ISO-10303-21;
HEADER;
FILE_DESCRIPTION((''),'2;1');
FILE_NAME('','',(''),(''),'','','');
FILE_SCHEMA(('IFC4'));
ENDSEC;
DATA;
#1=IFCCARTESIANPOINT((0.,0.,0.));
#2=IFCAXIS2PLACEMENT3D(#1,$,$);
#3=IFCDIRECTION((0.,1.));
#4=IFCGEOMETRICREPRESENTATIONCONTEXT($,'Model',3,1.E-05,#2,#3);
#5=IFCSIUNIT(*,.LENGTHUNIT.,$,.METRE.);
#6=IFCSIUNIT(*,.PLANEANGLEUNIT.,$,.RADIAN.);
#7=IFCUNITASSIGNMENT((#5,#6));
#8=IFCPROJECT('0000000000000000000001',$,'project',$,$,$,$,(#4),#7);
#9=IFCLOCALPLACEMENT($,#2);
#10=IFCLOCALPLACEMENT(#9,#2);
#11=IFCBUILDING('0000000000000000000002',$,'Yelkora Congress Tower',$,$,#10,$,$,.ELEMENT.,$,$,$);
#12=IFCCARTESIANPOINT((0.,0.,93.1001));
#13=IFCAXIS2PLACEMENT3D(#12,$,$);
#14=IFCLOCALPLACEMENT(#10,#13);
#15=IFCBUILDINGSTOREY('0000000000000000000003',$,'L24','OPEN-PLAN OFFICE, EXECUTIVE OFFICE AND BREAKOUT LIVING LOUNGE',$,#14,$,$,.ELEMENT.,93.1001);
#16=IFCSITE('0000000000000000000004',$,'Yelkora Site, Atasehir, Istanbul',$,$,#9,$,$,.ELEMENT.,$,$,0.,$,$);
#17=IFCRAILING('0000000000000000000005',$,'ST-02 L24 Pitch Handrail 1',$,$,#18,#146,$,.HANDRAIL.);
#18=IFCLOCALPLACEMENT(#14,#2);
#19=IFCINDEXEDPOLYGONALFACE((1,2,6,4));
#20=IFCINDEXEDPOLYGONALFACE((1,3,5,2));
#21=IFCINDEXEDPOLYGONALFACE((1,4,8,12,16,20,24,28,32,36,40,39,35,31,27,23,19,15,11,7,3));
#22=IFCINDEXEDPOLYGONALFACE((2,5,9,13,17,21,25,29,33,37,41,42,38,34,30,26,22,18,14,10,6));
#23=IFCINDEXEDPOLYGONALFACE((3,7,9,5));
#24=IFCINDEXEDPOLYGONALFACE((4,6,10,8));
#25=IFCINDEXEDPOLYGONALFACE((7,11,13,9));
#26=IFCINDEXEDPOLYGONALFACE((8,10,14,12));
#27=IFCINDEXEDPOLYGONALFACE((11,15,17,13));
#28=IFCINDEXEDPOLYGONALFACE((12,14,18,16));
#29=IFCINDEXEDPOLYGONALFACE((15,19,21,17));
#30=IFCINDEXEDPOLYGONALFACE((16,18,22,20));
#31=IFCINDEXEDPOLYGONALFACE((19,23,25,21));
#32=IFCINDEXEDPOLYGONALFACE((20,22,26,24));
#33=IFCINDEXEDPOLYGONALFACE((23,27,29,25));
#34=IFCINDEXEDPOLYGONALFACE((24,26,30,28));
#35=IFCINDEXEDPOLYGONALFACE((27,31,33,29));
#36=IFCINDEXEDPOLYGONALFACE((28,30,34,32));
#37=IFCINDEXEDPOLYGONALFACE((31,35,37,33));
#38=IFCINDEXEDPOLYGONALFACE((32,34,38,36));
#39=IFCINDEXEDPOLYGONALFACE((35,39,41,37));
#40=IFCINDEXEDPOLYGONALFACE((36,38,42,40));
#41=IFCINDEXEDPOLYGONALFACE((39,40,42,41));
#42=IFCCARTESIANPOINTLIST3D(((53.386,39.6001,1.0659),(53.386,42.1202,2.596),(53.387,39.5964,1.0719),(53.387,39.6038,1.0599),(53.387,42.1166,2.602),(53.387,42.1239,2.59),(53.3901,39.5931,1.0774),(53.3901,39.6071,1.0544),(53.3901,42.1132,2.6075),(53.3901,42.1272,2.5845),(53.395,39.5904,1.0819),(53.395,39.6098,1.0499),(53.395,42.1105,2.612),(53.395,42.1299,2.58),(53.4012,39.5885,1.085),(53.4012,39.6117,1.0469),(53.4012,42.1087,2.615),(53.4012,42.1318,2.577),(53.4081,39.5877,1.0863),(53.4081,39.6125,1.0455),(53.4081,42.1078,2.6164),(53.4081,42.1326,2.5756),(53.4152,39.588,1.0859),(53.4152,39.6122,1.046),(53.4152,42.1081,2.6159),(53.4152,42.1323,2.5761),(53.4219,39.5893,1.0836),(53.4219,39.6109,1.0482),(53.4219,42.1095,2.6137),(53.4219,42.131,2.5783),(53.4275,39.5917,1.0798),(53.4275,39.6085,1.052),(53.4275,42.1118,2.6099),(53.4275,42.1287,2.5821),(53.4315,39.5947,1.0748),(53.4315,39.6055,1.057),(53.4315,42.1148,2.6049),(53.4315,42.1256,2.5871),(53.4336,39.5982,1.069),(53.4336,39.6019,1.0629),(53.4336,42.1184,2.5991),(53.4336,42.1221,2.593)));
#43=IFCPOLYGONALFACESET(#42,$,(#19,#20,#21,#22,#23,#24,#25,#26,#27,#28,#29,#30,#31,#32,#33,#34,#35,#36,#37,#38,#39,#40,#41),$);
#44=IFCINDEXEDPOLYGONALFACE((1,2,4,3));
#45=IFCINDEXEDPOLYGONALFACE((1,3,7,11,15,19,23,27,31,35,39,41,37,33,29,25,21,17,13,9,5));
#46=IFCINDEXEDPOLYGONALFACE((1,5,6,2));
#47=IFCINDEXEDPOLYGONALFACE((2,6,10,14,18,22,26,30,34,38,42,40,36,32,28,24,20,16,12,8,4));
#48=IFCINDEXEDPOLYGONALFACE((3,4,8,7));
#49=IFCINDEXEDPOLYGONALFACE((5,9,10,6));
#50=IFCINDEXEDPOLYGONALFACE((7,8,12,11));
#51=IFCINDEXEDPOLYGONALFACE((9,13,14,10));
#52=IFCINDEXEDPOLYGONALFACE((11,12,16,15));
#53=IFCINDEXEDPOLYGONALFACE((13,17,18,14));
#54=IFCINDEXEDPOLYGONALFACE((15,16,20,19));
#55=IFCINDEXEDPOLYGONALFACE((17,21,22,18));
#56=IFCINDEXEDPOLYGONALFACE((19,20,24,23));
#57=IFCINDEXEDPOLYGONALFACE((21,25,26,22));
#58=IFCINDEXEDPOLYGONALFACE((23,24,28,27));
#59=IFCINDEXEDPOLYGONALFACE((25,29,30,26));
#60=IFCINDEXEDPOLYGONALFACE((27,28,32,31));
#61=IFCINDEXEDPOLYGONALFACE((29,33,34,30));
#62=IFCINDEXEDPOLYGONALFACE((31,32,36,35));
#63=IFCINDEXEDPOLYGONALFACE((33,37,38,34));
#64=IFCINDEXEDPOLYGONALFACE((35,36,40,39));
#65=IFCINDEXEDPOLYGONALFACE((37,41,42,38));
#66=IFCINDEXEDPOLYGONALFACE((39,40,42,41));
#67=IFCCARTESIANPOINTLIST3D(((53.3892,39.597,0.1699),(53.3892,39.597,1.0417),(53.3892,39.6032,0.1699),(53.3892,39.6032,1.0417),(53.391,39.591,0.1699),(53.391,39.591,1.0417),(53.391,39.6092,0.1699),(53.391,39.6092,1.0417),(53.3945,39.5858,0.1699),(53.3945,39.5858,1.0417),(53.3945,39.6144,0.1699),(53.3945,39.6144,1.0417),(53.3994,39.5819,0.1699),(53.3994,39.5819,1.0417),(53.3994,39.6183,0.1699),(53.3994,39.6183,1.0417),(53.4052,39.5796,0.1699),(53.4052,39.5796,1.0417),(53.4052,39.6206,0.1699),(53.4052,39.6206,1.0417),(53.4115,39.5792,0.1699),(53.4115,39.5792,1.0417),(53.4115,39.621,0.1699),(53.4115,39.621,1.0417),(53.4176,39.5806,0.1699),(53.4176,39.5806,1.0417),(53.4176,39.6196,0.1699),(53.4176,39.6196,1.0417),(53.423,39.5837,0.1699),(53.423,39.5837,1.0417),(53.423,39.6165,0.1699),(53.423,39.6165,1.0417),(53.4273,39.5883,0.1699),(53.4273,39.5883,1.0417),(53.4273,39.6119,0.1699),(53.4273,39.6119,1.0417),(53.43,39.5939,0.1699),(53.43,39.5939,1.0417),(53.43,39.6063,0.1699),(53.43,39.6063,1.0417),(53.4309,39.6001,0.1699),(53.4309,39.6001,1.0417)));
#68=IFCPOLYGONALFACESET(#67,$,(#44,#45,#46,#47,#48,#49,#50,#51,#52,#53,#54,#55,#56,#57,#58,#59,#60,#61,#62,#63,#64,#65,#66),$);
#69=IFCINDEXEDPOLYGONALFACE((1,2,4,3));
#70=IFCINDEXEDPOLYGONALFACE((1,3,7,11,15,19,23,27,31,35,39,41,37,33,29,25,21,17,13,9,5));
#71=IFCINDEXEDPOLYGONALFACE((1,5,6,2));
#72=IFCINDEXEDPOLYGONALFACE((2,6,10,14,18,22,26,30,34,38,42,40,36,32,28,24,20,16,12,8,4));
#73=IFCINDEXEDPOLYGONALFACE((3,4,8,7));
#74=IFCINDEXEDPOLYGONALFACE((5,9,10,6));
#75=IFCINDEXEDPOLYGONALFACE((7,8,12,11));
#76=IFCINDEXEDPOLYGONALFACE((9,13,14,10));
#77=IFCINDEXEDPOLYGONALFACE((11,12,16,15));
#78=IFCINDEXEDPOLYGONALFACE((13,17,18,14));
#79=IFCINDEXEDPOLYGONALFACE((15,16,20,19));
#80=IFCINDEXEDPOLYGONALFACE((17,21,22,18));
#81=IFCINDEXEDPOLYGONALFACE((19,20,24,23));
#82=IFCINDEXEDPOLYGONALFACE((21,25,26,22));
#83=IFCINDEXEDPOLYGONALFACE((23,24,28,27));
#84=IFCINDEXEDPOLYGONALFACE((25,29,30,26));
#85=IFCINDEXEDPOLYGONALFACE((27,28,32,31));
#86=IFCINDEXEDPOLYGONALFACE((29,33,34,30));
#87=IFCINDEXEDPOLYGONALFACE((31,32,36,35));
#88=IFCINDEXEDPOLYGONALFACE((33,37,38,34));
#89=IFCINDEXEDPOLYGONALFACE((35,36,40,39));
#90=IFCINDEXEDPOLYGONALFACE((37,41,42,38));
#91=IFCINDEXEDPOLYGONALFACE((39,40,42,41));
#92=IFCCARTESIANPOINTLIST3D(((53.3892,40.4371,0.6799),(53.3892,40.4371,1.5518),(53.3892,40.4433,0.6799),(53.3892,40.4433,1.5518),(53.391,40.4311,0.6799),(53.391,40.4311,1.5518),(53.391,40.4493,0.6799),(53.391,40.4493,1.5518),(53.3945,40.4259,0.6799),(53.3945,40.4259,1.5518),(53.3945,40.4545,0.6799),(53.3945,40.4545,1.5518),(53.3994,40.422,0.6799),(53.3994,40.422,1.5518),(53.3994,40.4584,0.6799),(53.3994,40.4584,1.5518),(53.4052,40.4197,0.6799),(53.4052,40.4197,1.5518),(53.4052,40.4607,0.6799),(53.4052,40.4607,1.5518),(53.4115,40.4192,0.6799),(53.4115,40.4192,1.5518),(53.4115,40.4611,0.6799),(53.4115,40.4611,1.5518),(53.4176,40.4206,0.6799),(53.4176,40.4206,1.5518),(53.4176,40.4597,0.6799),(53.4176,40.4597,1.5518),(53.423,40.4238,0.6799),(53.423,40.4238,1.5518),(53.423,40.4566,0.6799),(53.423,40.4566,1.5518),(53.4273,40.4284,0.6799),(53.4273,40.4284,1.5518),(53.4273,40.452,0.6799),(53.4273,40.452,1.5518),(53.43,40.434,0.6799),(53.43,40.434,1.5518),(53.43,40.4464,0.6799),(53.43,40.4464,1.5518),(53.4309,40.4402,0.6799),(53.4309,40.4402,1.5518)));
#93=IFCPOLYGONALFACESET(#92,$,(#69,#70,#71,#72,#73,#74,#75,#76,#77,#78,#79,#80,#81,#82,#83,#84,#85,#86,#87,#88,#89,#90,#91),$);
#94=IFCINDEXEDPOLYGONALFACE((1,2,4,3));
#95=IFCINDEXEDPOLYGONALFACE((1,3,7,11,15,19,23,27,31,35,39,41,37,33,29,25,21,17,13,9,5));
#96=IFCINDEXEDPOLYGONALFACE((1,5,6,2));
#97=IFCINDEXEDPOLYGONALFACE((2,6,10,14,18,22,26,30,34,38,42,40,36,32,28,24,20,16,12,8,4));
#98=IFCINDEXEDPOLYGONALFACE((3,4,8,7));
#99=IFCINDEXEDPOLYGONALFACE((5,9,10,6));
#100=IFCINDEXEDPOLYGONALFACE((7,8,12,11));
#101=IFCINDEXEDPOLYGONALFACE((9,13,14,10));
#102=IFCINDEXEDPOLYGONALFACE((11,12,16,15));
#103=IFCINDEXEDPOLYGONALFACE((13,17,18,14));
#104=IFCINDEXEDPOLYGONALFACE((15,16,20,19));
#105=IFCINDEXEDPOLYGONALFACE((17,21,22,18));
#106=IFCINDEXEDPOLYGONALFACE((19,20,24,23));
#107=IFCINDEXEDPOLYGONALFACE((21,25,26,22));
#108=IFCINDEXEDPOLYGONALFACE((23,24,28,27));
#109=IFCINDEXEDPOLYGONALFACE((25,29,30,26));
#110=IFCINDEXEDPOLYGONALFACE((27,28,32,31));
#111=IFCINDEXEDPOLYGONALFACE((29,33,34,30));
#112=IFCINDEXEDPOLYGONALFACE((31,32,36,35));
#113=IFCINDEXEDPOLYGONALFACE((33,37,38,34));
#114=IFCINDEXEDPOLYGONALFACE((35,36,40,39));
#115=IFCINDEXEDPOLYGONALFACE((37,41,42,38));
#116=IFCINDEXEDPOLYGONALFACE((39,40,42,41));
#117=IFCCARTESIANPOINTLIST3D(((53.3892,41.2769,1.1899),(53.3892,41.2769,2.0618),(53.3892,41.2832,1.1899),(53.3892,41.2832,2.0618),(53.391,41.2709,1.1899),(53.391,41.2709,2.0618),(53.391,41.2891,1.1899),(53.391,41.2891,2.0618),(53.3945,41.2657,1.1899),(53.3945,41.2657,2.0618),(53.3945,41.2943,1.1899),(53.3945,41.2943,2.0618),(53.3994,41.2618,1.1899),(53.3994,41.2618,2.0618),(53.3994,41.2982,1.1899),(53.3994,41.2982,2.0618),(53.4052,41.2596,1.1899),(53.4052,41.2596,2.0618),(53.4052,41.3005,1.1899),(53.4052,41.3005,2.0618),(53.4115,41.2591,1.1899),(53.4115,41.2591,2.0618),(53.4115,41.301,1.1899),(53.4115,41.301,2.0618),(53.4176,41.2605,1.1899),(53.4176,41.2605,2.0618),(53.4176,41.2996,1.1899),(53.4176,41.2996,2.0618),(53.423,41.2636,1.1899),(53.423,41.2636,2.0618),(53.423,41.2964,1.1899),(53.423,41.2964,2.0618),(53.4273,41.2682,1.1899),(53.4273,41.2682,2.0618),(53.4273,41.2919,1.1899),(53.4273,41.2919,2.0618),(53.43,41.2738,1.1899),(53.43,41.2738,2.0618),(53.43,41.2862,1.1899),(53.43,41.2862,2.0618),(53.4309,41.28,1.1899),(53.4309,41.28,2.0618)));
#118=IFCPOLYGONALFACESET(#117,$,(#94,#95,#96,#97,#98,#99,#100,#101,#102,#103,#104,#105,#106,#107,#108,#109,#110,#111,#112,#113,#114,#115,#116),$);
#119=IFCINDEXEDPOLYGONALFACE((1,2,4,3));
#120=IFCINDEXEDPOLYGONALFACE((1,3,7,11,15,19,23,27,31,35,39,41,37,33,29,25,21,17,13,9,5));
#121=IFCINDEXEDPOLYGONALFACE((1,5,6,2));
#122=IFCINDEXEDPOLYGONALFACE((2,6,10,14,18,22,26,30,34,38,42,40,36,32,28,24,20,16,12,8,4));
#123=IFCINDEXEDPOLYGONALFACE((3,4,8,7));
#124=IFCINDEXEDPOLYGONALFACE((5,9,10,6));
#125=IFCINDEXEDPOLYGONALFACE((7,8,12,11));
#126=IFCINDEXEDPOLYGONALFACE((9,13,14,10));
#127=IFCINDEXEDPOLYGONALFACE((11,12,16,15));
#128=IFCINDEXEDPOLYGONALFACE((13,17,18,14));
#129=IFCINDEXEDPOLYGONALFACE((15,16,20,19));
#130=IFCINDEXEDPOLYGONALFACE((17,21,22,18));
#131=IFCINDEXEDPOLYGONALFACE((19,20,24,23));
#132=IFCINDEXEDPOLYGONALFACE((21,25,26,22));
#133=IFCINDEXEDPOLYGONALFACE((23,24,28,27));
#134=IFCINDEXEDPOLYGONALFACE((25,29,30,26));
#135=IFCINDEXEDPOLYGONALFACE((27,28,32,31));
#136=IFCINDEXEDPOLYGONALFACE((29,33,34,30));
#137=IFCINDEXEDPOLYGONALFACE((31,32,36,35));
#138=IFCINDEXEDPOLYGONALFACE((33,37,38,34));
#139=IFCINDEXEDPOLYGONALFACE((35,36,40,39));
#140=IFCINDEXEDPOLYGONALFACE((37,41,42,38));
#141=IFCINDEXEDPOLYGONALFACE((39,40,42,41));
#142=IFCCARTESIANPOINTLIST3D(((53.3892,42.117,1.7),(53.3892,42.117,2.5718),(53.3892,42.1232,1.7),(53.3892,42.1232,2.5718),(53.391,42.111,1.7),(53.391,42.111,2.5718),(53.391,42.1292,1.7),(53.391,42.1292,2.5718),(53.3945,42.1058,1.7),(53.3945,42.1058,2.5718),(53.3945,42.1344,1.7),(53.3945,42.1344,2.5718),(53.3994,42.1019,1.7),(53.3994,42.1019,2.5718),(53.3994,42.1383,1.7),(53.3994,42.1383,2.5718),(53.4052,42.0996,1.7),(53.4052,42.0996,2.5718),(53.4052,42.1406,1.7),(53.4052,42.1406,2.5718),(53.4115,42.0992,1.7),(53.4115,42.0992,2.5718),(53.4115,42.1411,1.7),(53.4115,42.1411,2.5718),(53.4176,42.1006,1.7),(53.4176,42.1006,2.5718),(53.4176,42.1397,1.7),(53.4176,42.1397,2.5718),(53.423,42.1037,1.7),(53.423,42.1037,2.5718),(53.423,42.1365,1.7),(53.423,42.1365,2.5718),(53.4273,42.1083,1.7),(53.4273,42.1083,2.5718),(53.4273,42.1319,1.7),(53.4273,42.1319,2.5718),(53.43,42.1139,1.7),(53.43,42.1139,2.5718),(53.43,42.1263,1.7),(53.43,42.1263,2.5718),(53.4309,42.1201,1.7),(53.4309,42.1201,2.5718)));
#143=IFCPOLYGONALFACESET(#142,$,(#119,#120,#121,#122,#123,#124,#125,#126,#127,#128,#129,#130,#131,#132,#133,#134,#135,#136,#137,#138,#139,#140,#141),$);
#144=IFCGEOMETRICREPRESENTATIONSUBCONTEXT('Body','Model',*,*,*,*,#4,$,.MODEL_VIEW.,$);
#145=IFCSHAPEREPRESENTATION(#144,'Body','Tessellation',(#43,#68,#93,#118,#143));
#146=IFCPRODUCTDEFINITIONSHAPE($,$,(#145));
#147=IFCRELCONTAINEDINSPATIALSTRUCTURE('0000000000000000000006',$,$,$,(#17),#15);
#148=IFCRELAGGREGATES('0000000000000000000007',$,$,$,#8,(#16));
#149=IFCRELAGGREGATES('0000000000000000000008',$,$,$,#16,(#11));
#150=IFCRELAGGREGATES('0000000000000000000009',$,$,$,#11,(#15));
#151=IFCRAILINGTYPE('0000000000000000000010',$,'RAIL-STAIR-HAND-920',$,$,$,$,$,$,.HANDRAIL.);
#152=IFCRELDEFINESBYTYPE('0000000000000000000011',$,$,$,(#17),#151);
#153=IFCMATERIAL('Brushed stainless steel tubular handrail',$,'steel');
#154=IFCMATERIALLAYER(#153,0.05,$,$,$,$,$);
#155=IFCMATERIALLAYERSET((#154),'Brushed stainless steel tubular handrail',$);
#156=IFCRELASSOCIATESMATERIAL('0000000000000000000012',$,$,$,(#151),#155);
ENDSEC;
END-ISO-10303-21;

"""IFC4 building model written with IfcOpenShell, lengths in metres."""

from ifc_helpers import new_model, si_unit, direction, frame, origin, origin_2d, place, context, subcontext, project, spatial, circle, extrude, material, layer, layer_set, type_object, element, save


model = new_model("IFC4")

# Units and contexts
model_context = context("Model", 3, precision=1e-05, world=origin(), true_north=direction((0.0, 1.0)))
body_context = subcontext(model_context, "Body", "Model", "MODEL_VIEW")
ifc_project = project(units=[si_unit("LENGTHUNIT", "METRE"), si_unit("PLANEANGLEUNIT", "RADIAN")], contexts=[model_context])

# Site, building, storey
site_placement = place(None, origin())
site = spatial("IfcSite", under=ifc_project, at=site_placement, Name="Yelkora Site, Atasehir, Istanbul", CompositionType="ELEMENT", RefElevation=0.0)
building_placement = place(site_placement, origin())
building = spatial("IfcBuilding", under=site, at=building_placement, Name="Yelkora Congress Tower", CompositionType="ELEMENT")
storey_placement = place(building_placement, frame((0.0, 0.0, 93.1001)))
storey = spatial("IfcBuildingStorey", under=building, at=storey_placement, Name="L24", Description="OPEN-PLAN OFFICE, EXECUTIVE OFFICE AND BREAKOUT LIVING LOUNGE", CompositionType="ELEMENT", Elevation=93.1001)

# Railing
ifc_material_1 = material(Name="Brushed stainless steel tubular handrail", Category="steel")
ifc_layer_1 = layer(ifc_material_1, 0.05)
ifc_layer_set_1 = layer_set([ifc_layer_1], Name="Brushed stainless steel tubular handrail")
railing_type_1 = type_object("IfcRailingType", Name="RAIL-STAIR-HAND-920", PredefinedType="HANDRAIL", material=ifc_layer_set_1)
railing_1_placement = place(storey_placement, frame((53.4099, 39.6001, 0.1699)))
element("IfcRailing", 1, at=railing_1_placement, inside=storey, type_object=railing_type_1, Name="ST-02 L24 Pitch Handrail 1", PredefinedType="HANDRAIL", context=body_context, shape_type="SweptSolid", body=[
    extrude(circle(Radius=0.0239, at=origin_2d()), frame((0.0, 0.0, 0.896), z_axis=(0.0, 0.854785, 0.518982), x_axis=(-1.0, 0.0, 0.0)), (0.0, 0.0, 1.0), 2.9482),
    extrude(circle(Radius=0.021, at=origin_2d()), origin(), (0.0, 0.0, 1.0), 0.8718),
    extrude(circle(Radius=0.021, at=origin_2d()), frame((0.0, 0.8401, 0.51)), (0.0, 0.0, 1.0), 0.8718),
    extrude(circle(Radius=0.021, at=origin_2d()), frame((0.0, 1.6799, 1.02)), (0.0, 0.0, 1.0), 0.8718),
    extrude(circle(Radius=0.021, at=origin_2d()), frame((0.0, 2.52, 1.53)), (0.0, 0.0, 1.0), 0.8718),
])

save(model, "model.ifc")
